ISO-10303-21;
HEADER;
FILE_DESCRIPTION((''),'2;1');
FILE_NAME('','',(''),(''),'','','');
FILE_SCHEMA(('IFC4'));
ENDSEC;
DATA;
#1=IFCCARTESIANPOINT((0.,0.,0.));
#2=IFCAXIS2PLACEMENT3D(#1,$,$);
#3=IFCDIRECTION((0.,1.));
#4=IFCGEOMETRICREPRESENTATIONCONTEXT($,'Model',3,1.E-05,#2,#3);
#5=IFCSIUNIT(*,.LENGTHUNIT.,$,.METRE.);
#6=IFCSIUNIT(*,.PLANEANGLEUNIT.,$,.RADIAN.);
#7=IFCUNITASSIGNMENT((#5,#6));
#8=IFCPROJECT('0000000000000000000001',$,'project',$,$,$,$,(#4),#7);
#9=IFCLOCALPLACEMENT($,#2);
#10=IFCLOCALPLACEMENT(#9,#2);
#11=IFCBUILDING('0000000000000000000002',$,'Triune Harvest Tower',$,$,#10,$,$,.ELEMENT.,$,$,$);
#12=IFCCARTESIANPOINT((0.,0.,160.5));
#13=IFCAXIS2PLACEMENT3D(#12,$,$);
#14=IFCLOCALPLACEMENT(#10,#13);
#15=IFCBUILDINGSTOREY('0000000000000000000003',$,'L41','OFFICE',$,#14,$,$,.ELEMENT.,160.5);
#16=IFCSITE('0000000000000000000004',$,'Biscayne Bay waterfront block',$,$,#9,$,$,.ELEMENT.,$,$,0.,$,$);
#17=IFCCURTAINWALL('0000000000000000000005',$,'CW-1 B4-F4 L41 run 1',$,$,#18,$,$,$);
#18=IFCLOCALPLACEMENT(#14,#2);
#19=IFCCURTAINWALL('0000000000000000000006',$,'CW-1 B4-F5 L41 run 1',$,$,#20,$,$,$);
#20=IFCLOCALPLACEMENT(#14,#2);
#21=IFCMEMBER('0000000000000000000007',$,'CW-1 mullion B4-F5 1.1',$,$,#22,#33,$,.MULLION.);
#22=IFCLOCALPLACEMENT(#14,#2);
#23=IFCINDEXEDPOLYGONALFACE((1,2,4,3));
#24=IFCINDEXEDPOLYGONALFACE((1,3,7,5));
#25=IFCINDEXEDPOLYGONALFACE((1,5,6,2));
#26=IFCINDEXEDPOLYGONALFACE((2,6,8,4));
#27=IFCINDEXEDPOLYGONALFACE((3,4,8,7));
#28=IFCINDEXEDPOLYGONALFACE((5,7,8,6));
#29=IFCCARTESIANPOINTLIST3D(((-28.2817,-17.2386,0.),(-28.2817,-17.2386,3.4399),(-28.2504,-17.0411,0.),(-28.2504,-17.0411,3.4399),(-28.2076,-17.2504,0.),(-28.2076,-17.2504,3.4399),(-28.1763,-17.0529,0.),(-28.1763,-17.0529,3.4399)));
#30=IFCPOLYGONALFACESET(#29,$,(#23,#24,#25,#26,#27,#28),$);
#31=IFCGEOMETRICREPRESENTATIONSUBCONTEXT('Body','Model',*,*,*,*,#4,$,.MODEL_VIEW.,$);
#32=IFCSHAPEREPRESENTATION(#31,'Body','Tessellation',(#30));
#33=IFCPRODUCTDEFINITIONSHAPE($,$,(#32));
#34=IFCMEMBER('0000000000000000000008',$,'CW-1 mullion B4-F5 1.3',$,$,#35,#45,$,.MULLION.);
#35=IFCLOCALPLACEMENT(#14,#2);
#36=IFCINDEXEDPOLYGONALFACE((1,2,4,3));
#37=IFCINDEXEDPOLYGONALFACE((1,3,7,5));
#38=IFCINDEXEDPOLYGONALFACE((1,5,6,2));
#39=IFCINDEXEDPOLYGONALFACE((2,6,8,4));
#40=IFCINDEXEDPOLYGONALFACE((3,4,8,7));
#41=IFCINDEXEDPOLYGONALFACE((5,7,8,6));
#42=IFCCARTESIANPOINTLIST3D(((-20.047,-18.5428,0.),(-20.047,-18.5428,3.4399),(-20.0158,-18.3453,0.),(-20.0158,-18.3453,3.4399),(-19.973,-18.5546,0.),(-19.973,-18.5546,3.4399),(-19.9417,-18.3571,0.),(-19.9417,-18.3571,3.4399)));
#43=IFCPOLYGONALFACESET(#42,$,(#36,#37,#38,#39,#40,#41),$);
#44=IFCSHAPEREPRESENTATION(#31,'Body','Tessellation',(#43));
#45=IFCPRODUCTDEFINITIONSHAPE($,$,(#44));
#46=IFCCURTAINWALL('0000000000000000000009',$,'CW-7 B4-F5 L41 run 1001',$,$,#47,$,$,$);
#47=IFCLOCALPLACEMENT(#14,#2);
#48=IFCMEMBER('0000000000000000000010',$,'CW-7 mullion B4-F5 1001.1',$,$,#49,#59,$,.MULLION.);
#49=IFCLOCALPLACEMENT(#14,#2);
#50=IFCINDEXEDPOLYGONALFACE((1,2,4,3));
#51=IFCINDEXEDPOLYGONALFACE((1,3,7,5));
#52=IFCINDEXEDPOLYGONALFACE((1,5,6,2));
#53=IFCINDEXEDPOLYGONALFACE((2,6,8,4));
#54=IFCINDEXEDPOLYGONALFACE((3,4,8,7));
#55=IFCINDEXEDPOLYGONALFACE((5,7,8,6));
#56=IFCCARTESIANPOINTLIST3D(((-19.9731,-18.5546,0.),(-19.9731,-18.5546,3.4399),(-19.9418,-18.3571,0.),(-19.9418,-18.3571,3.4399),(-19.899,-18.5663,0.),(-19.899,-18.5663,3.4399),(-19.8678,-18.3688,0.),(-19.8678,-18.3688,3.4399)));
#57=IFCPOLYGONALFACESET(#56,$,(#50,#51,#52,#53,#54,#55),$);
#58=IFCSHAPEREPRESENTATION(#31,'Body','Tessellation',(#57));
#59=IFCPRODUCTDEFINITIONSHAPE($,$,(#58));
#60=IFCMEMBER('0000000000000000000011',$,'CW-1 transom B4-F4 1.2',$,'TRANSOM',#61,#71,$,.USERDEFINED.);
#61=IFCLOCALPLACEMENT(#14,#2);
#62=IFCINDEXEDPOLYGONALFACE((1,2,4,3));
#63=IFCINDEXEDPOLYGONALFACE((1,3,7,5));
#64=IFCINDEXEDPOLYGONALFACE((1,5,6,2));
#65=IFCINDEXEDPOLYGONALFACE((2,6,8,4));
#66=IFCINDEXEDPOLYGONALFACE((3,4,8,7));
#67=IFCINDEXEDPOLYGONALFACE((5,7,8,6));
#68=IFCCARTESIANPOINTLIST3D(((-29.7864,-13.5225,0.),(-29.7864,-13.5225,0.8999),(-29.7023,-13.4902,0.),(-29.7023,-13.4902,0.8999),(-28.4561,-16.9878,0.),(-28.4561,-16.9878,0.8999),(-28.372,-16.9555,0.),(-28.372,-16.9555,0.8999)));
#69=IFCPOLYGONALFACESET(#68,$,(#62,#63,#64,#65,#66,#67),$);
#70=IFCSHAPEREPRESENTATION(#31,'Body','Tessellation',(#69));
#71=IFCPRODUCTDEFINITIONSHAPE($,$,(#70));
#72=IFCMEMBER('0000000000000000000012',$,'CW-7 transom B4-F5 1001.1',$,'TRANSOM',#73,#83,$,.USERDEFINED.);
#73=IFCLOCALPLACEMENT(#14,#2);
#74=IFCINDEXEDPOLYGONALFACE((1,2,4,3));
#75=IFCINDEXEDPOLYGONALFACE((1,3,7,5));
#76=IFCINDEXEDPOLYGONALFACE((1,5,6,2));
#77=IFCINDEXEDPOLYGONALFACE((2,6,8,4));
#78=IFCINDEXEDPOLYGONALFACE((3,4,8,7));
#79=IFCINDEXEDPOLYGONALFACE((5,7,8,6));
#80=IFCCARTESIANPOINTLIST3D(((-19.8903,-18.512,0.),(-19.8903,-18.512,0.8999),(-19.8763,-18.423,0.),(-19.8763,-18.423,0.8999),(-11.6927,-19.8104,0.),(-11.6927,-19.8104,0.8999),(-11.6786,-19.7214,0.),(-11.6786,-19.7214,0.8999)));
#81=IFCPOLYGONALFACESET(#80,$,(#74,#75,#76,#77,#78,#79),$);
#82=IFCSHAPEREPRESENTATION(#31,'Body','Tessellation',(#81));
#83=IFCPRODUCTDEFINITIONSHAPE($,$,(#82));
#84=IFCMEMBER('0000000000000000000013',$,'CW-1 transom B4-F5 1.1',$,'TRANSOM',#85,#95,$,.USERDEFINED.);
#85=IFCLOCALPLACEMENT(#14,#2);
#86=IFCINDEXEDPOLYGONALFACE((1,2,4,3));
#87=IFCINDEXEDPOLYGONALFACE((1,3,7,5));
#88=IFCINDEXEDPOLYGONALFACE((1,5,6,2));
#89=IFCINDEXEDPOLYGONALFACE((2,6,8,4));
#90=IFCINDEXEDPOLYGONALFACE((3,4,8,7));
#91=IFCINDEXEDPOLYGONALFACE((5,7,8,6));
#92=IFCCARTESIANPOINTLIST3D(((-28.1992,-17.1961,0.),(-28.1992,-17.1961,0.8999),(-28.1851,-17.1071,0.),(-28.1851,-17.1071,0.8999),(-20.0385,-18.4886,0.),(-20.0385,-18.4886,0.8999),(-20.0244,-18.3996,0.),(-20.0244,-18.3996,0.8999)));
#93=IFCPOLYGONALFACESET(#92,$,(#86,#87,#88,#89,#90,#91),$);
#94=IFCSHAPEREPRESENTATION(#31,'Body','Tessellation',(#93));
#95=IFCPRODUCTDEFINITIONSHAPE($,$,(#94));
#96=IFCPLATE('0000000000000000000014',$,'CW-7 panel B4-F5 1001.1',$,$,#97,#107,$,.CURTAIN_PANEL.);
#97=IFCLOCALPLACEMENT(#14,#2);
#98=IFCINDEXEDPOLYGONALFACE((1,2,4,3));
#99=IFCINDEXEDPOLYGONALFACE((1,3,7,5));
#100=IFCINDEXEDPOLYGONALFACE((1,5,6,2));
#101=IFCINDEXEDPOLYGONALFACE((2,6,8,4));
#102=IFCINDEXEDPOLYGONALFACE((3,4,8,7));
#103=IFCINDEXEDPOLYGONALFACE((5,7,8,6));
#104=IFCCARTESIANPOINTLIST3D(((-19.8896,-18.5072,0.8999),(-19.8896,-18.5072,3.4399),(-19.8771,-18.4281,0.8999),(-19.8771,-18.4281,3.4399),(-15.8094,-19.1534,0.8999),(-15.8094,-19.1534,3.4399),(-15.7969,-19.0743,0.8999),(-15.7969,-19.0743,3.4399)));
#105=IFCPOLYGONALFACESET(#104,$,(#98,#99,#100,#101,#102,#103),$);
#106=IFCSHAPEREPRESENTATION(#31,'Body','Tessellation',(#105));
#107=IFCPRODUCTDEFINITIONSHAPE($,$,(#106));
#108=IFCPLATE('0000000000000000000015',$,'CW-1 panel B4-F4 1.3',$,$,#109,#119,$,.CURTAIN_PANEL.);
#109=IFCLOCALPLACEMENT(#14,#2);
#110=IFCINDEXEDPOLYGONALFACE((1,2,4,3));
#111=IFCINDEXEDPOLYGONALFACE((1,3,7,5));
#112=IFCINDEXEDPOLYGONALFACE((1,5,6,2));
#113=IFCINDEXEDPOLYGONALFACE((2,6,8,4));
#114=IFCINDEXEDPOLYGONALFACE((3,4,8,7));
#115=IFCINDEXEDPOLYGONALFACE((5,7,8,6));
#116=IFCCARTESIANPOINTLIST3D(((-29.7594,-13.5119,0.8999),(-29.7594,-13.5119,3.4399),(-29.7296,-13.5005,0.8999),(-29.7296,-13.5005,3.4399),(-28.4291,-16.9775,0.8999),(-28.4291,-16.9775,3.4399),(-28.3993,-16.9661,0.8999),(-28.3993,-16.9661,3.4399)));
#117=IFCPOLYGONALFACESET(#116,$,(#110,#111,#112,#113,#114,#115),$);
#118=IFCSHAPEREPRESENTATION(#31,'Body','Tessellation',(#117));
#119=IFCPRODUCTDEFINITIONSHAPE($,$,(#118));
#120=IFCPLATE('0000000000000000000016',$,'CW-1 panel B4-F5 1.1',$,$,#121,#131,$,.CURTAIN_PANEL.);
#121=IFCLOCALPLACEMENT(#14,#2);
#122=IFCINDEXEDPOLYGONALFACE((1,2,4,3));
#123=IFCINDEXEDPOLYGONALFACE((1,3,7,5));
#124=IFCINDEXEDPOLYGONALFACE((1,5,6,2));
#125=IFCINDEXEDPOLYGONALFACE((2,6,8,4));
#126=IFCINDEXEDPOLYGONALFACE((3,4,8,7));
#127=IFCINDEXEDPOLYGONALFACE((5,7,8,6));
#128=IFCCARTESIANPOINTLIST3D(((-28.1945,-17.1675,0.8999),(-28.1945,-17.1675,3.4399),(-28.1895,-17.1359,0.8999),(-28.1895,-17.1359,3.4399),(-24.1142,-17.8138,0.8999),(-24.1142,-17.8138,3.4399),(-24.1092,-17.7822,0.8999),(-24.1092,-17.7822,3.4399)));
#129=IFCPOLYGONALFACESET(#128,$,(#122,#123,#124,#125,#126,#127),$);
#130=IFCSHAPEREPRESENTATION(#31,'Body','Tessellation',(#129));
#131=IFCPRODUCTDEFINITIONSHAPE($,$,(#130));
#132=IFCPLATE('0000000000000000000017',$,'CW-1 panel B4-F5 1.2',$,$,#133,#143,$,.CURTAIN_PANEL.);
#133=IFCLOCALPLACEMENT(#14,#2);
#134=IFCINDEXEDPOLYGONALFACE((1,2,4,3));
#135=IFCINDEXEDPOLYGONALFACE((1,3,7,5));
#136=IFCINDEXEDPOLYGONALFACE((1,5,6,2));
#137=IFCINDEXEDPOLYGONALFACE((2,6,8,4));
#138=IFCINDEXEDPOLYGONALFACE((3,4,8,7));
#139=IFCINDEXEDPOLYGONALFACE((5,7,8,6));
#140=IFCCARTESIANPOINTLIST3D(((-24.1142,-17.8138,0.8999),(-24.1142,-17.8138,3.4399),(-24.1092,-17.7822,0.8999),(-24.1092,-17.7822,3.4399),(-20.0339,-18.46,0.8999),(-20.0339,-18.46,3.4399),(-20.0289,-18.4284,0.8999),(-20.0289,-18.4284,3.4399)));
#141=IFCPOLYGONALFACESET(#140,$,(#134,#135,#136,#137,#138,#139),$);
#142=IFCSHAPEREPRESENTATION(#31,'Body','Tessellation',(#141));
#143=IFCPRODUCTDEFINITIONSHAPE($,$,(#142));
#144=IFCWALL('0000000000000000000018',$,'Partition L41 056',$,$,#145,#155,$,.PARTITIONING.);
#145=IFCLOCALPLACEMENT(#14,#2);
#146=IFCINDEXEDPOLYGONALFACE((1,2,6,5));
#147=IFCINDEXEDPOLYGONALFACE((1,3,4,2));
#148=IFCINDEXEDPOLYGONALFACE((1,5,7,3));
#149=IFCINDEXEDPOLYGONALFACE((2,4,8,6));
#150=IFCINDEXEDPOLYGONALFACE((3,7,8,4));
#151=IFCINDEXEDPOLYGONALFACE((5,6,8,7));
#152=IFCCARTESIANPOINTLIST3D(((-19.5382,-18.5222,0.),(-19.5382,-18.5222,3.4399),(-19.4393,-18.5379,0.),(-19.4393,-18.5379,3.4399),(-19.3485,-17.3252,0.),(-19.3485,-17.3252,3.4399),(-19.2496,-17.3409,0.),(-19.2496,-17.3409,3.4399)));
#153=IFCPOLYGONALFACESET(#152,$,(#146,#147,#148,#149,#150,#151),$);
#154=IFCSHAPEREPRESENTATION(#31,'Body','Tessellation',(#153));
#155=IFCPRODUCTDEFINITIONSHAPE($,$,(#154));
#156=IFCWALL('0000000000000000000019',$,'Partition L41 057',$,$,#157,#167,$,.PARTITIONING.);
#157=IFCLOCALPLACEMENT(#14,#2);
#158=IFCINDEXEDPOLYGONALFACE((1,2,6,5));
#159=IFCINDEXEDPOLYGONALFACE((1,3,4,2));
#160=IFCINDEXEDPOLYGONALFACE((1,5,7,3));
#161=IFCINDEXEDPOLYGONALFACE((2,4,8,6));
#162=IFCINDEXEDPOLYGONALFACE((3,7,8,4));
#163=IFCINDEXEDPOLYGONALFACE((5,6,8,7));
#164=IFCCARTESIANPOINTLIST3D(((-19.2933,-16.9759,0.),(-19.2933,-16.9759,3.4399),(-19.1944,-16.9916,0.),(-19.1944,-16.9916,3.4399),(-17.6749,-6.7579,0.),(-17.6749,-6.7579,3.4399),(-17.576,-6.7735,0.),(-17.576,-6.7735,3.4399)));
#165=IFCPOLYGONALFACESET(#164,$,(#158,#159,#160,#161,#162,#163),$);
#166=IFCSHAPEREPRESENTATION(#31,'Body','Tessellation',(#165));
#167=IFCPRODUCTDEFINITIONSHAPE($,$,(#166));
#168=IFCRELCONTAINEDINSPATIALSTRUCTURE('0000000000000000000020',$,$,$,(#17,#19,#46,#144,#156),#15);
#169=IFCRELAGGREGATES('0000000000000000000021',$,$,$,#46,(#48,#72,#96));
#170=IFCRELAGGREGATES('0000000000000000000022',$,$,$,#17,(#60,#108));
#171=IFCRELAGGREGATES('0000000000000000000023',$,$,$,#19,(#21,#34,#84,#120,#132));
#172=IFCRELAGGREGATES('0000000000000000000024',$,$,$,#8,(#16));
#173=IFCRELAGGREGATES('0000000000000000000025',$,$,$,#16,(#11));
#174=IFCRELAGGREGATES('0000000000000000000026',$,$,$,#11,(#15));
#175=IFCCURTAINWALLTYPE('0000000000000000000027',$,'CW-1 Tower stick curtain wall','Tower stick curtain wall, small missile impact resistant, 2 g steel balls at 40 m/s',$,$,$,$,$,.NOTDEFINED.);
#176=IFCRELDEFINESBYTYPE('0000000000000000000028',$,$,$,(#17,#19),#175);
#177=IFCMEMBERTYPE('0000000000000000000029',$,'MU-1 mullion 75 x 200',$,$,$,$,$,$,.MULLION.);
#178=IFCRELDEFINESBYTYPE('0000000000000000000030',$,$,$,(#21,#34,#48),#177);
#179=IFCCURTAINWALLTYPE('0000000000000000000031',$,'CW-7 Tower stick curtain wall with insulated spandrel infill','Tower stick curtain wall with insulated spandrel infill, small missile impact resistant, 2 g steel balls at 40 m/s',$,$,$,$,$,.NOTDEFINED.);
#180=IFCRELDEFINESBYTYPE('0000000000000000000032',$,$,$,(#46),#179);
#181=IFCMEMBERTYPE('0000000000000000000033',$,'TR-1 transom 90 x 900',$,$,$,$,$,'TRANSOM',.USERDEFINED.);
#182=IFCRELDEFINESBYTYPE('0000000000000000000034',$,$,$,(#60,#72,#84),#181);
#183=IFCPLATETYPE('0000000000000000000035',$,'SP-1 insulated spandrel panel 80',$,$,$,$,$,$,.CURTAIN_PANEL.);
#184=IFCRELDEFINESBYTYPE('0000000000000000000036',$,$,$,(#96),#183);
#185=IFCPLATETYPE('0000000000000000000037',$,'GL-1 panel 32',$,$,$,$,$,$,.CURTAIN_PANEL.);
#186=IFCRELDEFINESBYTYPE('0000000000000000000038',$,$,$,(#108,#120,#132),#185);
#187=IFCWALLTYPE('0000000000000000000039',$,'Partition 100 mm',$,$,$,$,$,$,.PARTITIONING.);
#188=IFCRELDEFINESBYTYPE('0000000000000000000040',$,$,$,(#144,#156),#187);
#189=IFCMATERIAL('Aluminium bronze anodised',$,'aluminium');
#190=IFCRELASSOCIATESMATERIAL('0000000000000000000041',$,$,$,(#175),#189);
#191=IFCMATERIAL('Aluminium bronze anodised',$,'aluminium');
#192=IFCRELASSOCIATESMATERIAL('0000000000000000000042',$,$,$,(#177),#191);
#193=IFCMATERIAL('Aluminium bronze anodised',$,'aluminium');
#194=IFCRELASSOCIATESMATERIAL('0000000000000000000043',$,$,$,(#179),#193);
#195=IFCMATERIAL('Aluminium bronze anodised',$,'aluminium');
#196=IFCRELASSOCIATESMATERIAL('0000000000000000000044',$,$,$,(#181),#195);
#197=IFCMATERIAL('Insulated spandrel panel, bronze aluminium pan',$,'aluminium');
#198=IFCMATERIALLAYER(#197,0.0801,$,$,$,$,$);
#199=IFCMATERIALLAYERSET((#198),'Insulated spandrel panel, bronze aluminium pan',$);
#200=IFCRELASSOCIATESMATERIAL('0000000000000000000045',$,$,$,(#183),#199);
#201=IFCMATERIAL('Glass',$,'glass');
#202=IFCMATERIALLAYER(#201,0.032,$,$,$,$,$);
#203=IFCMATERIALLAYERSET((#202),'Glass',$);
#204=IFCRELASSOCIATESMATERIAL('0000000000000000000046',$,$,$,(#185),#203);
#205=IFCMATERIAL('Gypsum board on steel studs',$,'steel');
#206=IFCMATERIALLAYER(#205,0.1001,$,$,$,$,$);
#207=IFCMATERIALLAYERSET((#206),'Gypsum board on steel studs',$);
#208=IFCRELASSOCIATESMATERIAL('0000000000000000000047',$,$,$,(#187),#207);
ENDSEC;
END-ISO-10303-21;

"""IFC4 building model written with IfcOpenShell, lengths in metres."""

from ifc_helpers import new_model, si_unit, direction, frame, frame_2d, origin, origin_2d, place, context, subcontext, project, spatial, rectangle, extrude, source, transform, mapped, material, layer, layer_set, material_profile, profile_set, type_object, element, aggregate, save


model = new_model("IFC4")

# Units and contexts
model_context = context("Model", 3, precision=1e-05, world=origin(), true_north=direction((0.0, 1.0)))
body_context = subcontext(model_context, "Body", "Model", "MODEL_VIEW")
ifc_project = project(units=[si_unit("LENGTHUNIT", "METRE"), si_unit("PLANEANGLEUNIT", "RADIAN")], contexts=[model_context])

# Site, building, storey
site_placement = place(None, origin())
site = spatial("IfcSite", under=ifc_project, at=site_placement, Name="Biscayne Bay waterfront block", CompositionType="ELEMENT", RefElevation=0.0)
building_placement = place(site_placement, origin())
building = spatial("IfcBuilding", under=site, at=building_placement, Name="Triune Harvest Tower", CompositionType="ELEMENT")
storey_placement = place(building_placement, frame((0.0, 0.0, 160.5)))
storey = spatial("IfcBuildingStorey", under=building, at=storey_placement, Name="L41", Description="OFFICE", CompositionType="ELEMENT", Elevation=160.5)

# Curtain wall
ifc_material_1 = material(Name="Aluminium bronze anodised", Category="aluminium")
curtain_wall_type_1 = type_object("IfcCurtainWallType", Name="CW-1 Tower stick curtain wall", Description="Tower stick curtain wall, small missile impact resistant, 2 g steel balls at 40 m/s", PredefinedType="NOTDEFINED", material=ifc_material_1)
curtain_wall_1_placement = place(storey_placement, origin())
curtain_wall_1 = element("IfcCurtainWall", 1, at=curtain_wall_1_placement, inside=storey, type_object=curtain_wall_type_1, Name="CW-1 B4-F4 L41 run 1")
ifc_material_2 = material(Name="Aluminium bronze anodised", Category="aluminium")
ifc_material_profile_1 = material_profile(ifc_material_2, rectangle(XDim=0.2, YDim=0.075, at=origin_2d()), Name="MU-1 mullion 75 x 200")
ifc_profile_set_1 = profile_set([ifc_material_profile_1], Name="Aluminium bronze anodised")
member_type_1 = type_object("IfcMemberType", Name="MU-1 mullion 75 x 200", PredefinedType="MULLION", material=ifc_profile_set_1)
shared_shape_1 = source(origin(), body_context, "Body", "SweptSolid", [
    extrude(rectangle(XDim=0.2, YDim=0.075, at=origin_2d()), origin(), (0.0, 0.0, 1.0), 3.4399),
])

# Curtain wall, members
curtain_wall_2_placement = place(storey_placement, origin())
curtain_wall_2 = element("IfcCurtainWall", 2, at=curtain_wall_2_placement, inside=storey, type_object=curtain_wall_type_1, Name="CW-1 B4-F5 L41 run 1")
member_1_placement = place(storey_placement, frame((-28.229, -17.1458, 0.0), z_axis=(0.0, 0.0, 1.0), x_axis=(0.15644, 0.987687, 0.0)))
member_1 = element("IfcMember", 3, at=member_1_placement, type_object=member_type_1, Name="CW-1 mullion B4-F5 1.1", PredefinedType="MULLION", context=body_context, shape_type="MappedRepresentation", body=[
    mapped(shared_shape_1, transform((0.0, 0.0, 0.0), scale=1.0)),
])
member_2_placement = place(storey_placement, frame((-19.9944, -18.45, 0.0), z_axis=(0.0, 0.0, 1.0), x_axis=(0.15644, 0.987687, 0.0)))
member_2 = element("IfcMember", 4, at=member_2_placement, type_object=member_type_1, Name="CW-1 mullion B4-F5 1.3", PredefinedType="MULLION", context=body_context, shape_type="MappedRepresentation", body=[
    mapped(shared_shape_1, transform((0.0, 0.0, 0.0), scale=1.0)),
])

# Curtain wall, member
ifc_material_3 = material(Name="Aluminium bronze anodised", Category="aluminium")
curtain_wall_type_2 = type_object("IfcCurtainWallType", Name="CW-7 Tower stick curtain wall with insulated spandrel infill", Description="Tower stick curtain wall with insulated spandrel infill, small missile impact resistant, 2 g steel balls at 40 m/s", PredefinedType="NOTDEFINED", material=ifc_material_3)
curtain_wall_3_placement = place(storey_placement, origin())
curtain_wall_3 = element("IfcCurtainWall", 5, at=curtain_wall_3_placement, inside=storey, type_object=curtain_wall_type_2, Name="CW-7 B4-F5 L41 run 1001")
member_3_placement = place(storey_placement, frame((-19.9204, -18.4617, 0.0), z_axis=(0.0, 0.0, 1.0), x_axis=(0.156431, 0.987689, 0.0)))
member_3 = element("IfcMember", 6, at=member_3_placement, type_object=member_type_1, Name="CW-7 mullion B4-F5 1001.1", PredefinedType="MULLION", context=body_context, shape_type="MappedRepresentation", body=[
    mapped(shared_shape_1, transform((0.0, 0.0, 0.0), scale=1.0)),
])

# Members
ifc_material_4 = material(Name="Aluminium bronze anodised", Category="aluminium")
ifc_material_profile_2 = material_profile(ifc_material_4, rectangle(XDim=0.0901, YDim=0.8999, at=origin_2d()), Name="TR-1 transom 90 x 900")
ifc_profile_set_2 = profile_set([ifc_material_profile_2], Name="Aluminium bronze anodised")
member_type_2 = type_object("IfcMemberType", Name="TR-1 transom 90 x 900", ElementType="TRANSOM", PredefinedType="USERDEFINED", material=ifc_profile_set_2)
shared_shape_2 = source(origin(), body_context, "Body", "SweptSolid", [
    extrude(rectangle(XDim=0.0901, YDim=0.8999, at=origin_2d()), origin(), (0.0, 0.0, 1.0), 3.7119),
])
member_4_placement = place(storey_placement, frame((-29.7444, -13.5063, 0.45), z_axis=(0.358393, -0.933571, 0.0), x_axis=(0.933571, 0.358393, 0.0)))
member_4 = element("IfcMember", 7, at=member_4_placement, type_object=member_type_2, Name="CW-1 transom B4-F4 1.2", ObjectType="TRANSOM", PredefinedType="USERDEFINED", context=body_context, shape_type="MappedRepresentation", body=[
    mapped(shared_shape_2, transform((0.0, 0.0, 0.0), scale=1.0)),
])
shared_shape_3 = source(origin(), body_context, "Body", "SweptSolid", [
    extrude(rectangle(XDim=0.0901, YDim=0.8999, at=origin_2d()), origin(), (0.0, 0.0, 1.0), 8.2998),
])
member_5_placement = place(storey_placement, frame((-19.8833, -18.4675, 0.45), z_axis=(0.987689, -0.156432, 0.0), x_axis=(0.156432, 0.987689, 0.0)))
member_5 = element("IfcMember", 8, at=member_5_placement, type_object=member_type_2, Name="CW-7 transom B4-F5 1001.1", ObjectType="TRANSOM", PredefinedType="USERDEFINED", context=body_context, shape_type="MappedRepresentation", body=[
    mapped(shared_shape_3, transform((0.0, 0.0, 0.0), scale=1.0)),
])
shared_shape_4 = source(origin(), body_context, "Body", "SweptSolid", [
    extrude(rectangle(XDim=0.0901, YDim=0.8999, at=origin_2d()), origin(), (0.0, 0.0, 1.0), 8.2625),
])
member_6_placement = place(storey_placement, frame((-28.1921, -17.1516, 0.45), z_axis=(0.987689, -0.15643, 0.0), x_axis=(0.15643, 0.987689, 0.0)))
member_6 = element("IfcMember", 9, at=member_6_placement, type_object=member_type_2, Name="CW-1 transom B4-F5 1.1", ObjectType="TRANSOM", PredefinedType="USERDEFINED", context=body_context, shape_type="MappedRepresentation", body=[
    mapped(shared_shape_4, transform((0.0, 0.0, 0.0), scale=1.0)),
])

# Plates
ifc_material_5 = material(Name="Insulated spandrel panel, bronze aluminium pan", Category="aluminium")
ifc_layer_1 = layer(ifc_material_5, 0.0801)
ifc_layer_set_1 = layer_set([ifc_layer_1], Name="Insulated spandrel panel, bronze aluminium pan")
plate_type_1 = type_object("IfcPlateType", Name="SP-1 insulated spandrel panel 80", PredefinedType="CURTAIN_PANEL", material=ifc_layer_set_1)
shared_shape_5 = source(origin(), body_context, "Body", "SweptSolid", [
    extrude(rectangle(XDim=4.1311, YDim=0.0801, at=origin_2d()), origin(), (0.0, 0.0, 1.0), 2.54),
])
plate_1_placement = place(storey_placement, frame((-17.8433, -18.7908, 0.8999), z_axis=(0.0, 0.0, 1.0), x_axis=(0.987689, -0.156431, 0.0)))
plate_1 = element("IfcPlate", 10, at=plate_1_placement, type_object=plate_type_1, Name="CW-7 panel B4-F5 1001.1", PredefinedType="CURTAIN_PANEL", context=body_context, shape_type="MappedRepresentation", body=[
    mapped(shared_shape_5, transform((0.0, 0.0, 0.0), scale=1.0)),
])
aggregate(curtain_wall_3, [member_3, member_5, plate_1])
ifc_material_6 = material(Name="Glass", Category="glass")
ifc_layer_2 = layer(ifc_material_6, 0.032)
ifc_layer_set_2 = layer_set([ifc_layer_2], Name="Glass")
plate_type_2 = type_object("IfcPlateType", Name="GL-1 panel 32", PredefinedType="CURTAIN_PANEL", material=ifc_layer_set_2)
shared_shape_6 = source(origin(), body_context, "Body", "SweptSolid", [
    extrude(rectangle(XDim=3.7122, YDim=0.032, at=origin_2d()), origin(), (0.0, 0.0, 1.0), 2.54),
])
plate_2_placement = place(storey_placement, frame((-29.0793, -15.239, 0.8999), z_axis=(0.0, 0.0, 1.0), x_axis=(0.358369, -0.93358, 0.0)))
plate_2 = element("IfcPlate", 11, at=plate_2_placement, type_object=plate_type_2, Name="CW-1 panel B4-F4 1.3", PredefinedType="CURTAIN_PANEL", context=body_context, shape_type="MappedRepresentation", body=[
    mapped(shared_shape_6, transform((0.0, 0.0, 0.0), scale=1.0)),
])
aggregate(curtain_wall_1, [member_4, plate_2])
shared_shape_7 = source(origin(), body_context, "Body", "SweptSolid", [
    extrude(rectangle(XDim=4.1311, YDim=0.032, at=origin_2d()), origin(), (0.0, 0.0, 1.0), 2.54),
])
plate_3_placement = place(storey_placement, frame((-26.1519, -17.4749, 0.8999), z_axis=(0.0, 0.0, 1.0), x_axis=(0.987687, -0.15644, 0.0)))
plate_3 = element("IfcPlate", 12, at=plate_3_placement, type_object=plate_type_2, Name="CW-1 panel B4-F5 1.1", PredefinedType="CURTAIN_PANEL", context=body_context, shape_type="MappedRepresentation", body=[
    mapped(shared_shape_7, transform((0.0, 0.0, 0.0), scale=1.0)),
])
plate_4_placement = place(storey_placement, frame((-22.0715, -18.1211, 0.8999), z_axis=(0.0, 0.0, 1.0), x_axis=(0.987687, -0.15644, 0.0)))
plate_4 = element("IfcPlate", 13, at=plate_4_placement, type_object=plate_type_2, Name="CW-1 panel B4-F5 1.2", PredefinedType="CURTAIN_PANEL", context=body_context, shape_type="MappedRepresentation", body=[
    mapped(shared_shape_7, transform((0.0, 0.0, 0.0), scale=1.0)),
])
aggregate(curtain_wall_2, [member_1, member_2, member_6, plate_3, plate_4])

# Walls
ifc_material_7 = material(Name="Gypsum board on steel studs", Category="steel")
ifc_layer_3 = layer(ifc_material_7, 0.1001)
ifc_layer_set_3 = layer_set([ifc_layer_3], Name="Gypsum board on steel studs")
wall_type_1 = type_object("IfcWallType", Name="Partition 100 mm", PredefinedType="PARTITIONING", material=ifc_layer_set_3)
shared_shape_8 = source(origin(), body_context, "Body", "SweptSolid", [
    extrude(rectangle(XDim=1.2119, YDim=0.1001, at=frame_2d((0.606, 0.0))), origin(), (0.0, 0.0, 1.0), 3.4399),
])
wall_1_placement = place(storey_placement, frame((-19.4888, -18.53, 0.0), z_axis=(0.0, 0.0, 1.0), x_axis=(0.156521, 0.987675, 0.0)))
element("IfcWall", 14, at=wall_1_placement, inside=storey, type_object=wall_type_1, Name="Partition L41 056", PredefinedType="PARTITIONING", context=body_context, shape_type="MappedRepresentation", body=[
    mapped(shared_shape_8, transform((0.0, 0.0, 0.0), scale=1.0)),
])
shared_shape_9 = source(origin(), body_context, "Body", "SweptSolid", [
    extrude(rectangle(XDim=10.3455, YDim=0.1001, at=frame_2d((5.1729, 0.0))), origin(), (0.0, 0.0, 1.0), 3.4399),
])
wall_2_placement = place(storey_placement, frame((-19.2439, -16.9839, 0.0), z_axis=(0.0, 0.0, 1.0), x_axis=(0.156438, 0.987688, 0.0)))
element("IfcWall", 15, at=wall_2_placement, inside=storey, type_object=wall_type_1, Name="Partition L41 057", PredefinedType="PARTITIONING", context=body_context, shape_type="MappedRepresentation", body=[
    mapped(shared_shape_9, transform((0.0, 0.0, 0.0), scale=1.0)),
])

save(model, "model.ifc")
